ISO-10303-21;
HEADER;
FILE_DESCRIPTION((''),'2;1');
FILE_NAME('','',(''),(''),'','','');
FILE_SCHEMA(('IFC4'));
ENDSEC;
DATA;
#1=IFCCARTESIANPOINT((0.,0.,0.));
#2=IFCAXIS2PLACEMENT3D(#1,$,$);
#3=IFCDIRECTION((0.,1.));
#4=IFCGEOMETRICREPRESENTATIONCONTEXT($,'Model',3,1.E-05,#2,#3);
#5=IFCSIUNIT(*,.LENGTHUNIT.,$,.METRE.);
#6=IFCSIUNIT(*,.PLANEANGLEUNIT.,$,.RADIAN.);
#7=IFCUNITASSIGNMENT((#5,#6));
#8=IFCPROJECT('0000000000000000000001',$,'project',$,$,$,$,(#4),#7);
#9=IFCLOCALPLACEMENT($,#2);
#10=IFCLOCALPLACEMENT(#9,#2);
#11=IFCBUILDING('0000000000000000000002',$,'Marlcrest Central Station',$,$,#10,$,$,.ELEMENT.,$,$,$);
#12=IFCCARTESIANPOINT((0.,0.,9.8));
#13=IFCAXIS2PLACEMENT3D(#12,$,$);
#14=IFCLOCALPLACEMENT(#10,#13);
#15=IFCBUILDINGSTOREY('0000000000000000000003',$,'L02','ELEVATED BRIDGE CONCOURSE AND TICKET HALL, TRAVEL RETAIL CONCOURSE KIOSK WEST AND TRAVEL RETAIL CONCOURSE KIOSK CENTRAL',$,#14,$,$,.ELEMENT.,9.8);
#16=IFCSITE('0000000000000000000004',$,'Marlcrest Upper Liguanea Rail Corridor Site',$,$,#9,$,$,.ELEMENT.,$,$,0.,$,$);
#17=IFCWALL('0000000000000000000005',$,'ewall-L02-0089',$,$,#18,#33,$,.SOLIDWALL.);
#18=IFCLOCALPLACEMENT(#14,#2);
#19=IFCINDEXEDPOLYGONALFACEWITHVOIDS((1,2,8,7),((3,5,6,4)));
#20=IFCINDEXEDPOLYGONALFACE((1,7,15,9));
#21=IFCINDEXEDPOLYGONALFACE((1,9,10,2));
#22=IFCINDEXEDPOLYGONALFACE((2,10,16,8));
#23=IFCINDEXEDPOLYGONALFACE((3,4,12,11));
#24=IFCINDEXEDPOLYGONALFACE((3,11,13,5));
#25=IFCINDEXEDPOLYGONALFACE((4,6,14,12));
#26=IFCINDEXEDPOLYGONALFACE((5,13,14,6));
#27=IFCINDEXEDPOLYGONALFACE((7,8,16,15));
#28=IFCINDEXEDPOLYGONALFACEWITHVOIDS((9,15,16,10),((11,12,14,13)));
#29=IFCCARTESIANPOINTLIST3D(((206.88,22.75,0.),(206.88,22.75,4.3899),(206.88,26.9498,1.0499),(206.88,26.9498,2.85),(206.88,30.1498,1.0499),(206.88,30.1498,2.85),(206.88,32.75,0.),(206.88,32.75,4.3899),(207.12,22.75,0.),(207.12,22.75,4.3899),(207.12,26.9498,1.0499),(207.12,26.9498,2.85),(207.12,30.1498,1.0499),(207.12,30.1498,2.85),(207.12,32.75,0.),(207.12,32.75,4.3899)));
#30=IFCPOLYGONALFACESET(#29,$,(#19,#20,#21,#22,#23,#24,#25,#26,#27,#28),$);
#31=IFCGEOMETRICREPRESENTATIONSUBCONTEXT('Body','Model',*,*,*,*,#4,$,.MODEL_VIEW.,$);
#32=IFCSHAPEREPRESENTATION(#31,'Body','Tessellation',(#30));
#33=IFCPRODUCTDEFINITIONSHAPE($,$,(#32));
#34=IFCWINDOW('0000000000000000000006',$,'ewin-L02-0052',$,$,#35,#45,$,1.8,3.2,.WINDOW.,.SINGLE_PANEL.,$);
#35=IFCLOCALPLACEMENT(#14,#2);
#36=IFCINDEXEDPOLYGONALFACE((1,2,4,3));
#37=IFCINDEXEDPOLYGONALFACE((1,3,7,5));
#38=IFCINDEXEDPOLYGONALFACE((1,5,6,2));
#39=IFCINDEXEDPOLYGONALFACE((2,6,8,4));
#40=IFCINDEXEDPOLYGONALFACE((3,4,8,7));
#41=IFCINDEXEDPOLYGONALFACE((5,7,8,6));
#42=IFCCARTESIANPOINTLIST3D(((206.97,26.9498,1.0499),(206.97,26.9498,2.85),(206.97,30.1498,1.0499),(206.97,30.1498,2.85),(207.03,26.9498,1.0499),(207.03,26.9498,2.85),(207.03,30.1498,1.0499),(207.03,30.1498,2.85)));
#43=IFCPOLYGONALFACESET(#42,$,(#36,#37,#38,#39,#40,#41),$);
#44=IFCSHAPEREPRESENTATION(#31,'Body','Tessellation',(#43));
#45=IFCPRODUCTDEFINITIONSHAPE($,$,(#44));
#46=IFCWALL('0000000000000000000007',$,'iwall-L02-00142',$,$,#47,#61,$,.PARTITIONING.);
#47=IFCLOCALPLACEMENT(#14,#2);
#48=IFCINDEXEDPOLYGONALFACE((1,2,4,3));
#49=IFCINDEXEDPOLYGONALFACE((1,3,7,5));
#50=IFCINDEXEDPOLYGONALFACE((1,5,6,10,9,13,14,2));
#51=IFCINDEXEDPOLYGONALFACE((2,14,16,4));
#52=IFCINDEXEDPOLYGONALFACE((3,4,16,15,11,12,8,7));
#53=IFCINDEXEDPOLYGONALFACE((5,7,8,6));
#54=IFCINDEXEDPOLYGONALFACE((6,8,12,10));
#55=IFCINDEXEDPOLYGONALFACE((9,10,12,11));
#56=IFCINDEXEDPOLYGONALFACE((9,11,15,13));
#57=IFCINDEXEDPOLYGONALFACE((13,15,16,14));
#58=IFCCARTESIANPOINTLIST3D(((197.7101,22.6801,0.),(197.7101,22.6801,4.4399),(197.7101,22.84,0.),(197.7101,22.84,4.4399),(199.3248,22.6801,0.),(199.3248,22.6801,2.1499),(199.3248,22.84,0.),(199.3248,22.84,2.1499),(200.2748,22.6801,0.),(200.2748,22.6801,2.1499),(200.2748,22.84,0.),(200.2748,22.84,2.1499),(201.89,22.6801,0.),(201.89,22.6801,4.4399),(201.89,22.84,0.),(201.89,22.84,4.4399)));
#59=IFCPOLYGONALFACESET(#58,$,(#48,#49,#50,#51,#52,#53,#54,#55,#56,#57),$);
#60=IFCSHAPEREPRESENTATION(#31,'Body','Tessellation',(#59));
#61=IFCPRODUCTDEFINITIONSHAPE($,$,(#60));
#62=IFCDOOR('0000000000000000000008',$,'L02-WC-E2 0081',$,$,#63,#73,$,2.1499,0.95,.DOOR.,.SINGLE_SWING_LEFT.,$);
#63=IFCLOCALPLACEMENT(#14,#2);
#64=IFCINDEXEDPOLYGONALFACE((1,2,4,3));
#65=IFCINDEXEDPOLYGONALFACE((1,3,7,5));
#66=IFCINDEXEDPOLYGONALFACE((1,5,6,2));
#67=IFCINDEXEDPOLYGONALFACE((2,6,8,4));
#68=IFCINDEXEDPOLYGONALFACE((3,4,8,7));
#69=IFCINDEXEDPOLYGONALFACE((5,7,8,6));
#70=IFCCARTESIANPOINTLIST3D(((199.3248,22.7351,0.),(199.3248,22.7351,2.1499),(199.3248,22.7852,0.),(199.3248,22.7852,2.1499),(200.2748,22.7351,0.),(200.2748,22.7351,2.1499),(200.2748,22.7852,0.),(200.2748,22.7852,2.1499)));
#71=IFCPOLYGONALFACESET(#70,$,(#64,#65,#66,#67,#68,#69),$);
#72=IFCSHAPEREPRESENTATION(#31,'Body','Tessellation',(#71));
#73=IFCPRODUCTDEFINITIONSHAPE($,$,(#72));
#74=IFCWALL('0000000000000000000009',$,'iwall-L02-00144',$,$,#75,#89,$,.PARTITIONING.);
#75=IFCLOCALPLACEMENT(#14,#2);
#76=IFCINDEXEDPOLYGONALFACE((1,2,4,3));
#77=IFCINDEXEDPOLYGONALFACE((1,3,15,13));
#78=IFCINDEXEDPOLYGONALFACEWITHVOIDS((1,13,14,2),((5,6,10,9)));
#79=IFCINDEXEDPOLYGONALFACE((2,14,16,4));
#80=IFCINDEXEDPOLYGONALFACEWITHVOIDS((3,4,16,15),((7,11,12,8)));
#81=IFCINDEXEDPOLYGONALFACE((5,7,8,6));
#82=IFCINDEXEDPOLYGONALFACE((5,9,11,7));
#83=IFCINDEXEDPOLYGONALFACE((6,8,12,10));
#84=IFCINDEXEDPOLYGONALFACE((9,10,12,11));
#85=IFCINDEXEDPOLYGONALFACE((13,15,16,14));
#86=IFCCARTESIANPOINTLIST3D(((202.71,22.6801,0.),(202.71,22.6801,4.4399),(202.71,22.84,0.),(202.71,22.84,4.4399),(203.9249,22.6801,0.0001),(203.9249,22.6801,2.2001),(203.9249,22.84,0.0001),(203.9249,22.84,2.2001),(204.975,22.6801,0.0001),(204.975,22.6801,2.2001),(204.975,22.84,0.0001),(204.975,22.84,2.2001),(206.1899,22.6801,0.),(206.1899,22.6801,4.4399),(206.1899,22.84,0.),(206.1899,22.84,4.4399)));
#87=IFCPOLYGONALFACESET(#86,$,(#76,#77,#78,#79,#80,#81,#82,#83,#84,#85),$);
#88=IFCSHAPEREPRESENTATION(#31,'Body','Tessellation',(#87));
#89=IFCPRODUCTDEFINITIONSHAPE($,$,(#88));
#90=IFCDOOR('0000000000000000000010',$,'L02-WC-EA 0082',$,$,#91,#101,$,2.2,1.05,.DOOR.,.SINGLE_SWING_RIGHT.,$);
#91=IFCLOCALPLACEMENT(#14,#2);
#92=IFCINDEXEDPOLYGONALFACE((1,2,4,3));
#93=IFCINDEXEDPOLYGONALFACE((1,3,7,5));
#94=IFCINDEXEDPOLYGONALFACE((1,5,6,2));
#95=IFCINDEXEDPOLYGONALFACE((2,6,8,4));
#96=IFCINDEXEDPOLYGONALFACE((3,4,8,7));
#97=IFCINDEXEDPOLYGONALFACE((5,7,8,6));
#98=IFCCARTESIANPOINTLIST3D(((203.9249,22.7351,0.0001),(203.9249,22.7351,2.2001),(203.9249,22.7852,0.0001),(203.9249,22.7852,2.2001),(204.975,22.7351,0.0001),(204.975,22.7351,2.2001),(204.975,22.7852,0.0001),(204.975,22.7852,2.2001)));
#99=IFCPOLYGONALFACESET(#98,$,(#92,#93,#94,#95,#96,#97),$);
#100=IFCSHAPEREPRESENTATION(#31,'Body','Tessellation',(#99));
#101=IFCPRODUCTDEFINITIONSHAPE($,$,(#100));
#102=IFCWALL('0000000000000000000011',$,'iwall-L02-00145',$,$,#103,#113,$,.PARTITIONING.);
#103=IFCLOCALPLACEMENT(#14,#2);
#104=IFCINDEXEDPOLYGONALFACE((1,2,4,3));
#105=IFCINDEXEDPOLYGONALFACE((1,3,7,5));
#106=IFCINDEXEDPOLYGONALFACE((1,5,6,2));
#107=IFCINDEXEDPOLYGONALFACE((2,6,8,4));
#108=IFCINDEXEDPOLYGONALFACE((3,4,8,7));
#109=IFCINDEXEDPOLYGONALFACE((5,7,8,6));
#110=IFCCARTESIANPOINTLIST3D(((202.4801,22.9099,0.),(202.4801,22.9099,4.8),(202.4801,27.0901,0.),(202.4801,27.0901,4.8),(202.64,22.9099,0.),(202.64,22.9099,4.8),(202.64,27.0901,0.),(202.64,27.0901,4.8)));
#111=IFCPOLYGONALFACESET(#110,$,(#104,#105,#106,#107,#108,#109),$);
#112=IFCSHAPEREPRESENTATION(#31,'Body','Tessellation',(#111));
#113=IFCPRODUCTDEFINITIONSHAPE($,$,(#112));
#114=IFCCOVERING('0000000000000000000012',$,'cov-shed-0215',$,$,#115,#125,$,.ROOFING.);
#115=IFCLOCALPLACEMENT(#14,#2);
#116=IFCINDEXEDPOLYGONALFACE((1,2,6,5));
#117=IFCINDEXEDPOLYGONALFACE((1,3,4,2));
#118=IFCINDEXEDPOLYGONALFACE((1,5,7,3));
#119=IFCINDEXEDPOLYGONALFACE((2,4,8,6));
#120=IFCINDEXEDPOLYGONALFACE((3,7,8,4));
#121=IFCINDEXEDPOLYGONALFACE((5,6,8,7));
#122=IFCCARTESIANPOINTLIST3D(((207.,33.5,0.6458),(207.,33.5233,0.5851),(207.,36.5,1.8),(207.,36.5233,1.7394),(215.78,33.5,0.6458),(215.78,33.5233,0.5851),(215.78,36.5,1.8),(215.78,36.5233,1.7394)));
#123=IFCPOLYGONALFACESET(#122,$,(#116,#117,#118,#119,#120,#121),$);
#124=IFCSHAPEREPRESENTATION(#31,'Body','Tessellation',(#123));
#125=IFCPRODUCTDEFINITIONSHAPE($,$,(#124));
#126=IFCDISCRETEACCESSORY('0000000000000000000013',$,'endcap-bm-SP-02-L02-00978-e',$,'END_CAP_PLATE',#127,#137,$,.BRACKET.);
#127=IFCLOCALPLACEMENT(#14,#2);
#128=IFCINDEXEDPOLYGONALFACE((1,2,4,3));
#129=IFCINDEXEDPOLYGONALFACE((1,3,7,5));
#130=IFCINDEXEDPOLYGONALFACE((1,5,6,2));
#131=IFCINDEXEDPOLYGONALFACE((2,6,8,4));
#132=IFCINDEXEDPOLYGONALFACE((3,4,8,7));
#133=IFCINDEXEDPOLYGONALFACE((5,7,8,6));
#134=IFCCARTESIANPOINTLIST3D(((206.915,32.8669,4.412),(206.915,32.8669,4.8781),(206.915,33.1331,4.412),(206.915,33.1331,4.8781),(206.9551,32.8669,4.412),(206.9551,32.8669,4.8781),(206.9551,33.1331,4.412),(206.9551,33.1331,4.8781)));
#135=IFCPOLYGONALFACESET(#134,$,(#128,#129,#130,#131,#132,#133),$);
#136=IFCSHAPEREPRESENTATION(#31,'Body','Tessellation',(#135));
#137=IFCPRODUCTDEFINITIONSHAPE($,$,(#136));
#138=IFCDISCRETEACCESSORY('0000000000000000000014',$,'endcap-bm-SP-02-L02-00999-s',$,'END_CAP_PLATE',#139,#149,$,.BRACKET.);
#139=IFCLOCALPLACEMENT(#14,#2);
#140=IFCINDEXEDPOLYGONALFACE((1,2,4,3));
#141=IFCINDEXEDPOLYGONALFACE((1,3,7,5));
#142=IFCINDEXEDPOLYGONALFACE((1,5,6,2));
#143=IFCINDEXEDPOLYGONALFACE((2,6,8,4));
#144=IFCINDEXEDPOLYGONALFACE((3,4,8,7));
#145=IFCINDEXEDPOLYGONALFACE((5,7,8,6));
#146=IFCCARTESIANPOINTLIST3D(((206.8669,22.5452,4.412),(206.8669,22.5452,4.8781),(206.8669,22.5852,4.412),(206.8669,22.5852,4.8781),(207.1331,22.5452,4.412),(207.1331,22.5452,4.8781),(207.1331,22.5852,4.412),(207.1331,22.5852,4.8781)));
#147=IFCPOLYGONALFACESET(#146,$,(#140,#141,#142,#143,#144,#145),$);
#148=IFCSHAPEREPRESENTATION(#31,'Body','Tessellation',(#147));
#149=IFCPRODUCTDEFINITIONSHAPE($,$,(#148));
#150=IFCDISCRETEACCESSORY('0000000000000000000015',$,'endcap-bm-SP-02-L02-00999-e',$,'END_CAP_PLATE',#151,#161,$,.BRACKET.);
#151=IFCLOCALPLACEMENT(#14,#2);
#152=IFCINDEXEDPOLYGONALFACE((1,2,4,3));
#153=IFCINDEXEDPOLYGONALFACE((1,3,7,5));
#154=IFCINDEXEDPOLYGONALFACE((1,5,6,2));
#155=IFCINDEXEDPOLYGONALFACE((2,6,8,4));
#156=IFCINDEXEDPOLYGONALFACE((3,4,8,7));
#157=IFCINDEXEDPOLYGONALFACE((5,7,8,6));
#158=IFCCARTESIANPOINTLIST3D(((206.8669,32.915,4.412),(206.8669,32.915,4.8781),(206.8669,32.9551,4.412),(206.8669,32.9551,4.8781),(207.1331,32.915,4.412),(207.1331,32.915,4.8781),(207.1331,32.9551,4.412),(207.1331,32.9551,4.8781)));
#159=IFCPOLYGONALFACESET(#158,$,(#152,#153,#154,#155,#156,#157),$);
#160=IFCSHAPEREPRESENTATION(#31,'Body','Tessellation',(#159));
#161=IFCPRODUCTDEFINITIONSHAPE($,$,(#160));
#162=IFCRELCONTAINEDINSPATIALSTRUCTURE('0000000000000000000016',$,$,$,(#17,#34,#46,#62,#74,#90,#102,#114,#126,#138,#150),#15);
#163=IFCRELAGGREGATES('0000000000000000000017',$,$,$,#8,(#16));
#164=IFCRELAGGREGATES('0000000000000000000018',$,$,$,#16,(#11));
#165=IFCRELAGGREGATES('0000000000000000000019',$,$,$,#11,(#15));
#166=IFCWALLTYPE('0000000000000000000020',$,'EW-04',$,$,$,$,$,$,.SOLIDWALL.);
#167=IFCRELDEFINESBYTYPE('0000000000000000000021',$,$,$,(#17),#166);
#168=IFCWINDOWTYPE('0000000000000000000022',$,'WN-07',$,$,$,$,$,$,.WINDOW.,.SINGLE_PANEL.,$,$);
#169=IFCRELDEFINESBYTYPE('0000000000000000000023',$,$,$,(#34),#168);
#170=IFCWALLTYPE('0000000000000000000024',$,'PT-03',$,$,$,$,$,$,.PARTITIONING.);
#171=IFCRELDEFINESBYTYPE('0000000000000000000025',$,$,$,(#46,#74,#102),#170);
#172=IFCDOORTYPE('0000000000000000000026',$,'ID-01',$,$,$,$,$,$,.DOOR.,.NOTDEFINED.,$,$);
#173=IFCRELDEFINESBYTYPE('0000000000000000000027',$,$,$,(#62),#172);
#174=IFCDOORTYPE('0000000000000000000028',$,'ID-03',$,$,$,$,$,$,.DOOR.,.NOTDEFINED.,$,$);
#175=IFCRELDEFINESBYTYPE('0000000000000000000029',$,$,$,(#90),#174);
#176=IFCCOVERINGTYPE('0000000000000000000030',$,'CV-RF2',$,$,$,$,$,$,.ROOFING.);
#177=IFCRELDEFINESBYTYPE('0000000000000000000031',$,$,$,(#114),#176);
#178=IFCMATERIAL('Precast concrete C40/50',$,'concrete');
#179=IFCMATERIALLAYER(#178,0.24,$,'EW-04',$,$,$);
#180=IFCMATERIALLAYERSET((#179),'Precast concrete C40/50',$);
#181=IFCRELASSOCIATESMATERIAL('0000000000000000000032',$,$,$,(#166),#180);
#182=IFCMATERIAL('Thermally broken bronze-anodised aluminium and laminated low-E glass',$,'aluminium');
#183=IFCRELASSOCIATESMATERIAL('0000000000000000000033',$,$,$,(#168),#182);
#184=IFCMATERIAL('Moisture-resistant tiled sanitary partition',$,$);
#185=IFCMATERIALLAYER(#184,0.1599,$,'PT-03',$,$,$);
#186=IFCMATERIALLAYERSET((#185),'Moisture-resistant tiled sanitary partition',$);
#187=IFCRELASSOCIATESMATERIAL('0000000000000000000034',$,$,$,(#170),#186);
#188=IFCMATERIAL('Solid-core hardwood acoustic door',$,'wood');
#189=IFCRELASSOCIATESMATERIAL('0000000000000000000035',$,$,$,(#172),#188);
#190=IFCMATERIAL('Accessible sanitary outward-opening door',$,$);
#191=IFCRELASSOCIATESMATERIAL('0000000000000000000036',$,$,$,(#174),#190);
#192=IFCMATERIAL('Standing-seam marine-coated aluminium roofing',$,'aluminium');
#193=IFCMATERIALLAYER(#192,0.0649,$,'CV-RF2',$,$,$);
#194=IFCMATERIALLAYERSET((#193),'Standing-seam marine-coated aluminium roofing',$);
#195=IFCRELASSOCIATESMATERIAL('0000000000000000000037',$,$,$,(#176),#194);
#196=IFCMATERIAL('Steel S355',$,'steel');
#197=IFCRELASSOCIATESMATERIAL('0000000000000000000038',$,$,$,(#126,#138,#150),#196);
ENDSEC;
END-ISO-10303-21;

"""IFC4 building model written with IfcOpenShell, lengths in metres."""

from ifc_helpers import new_model, si_unit, direction, frame, frame_2d, origin, origin_2d, place, context, subcontext, project, spatial, polyline, rectangle, outline, extrude, material, layer, layer_set, type_object, element, fill, save


model = new_model("IFC4")

# Units and contexts
model_context = context("Model", 3, precision=1e-05, world=origin(), true_north=direction((0.0, 1.0)))
body_context = subcontext(model_context, "Body", "Model", "MODEL_VIEW")
ifc_project = project(units=[si_unit("LENGTHUNIT", "METRE"), si_unit("PLANEANGLEUNIT", "RADIAN")], contexts=[model_context])

# Site, building, storey
site_placement = place(None, origin())
site = spatial("IfcSite", under=ifc_project, at=site_placement, Name="Marlcrest Upper Liguanea Rail Corridor Site", CompositionType="ELEMENT", RefElevation=0.0)
building_placement = place(site_placement, origin())
building = spatial("IfcBuilding", under=site, at=building_placement, Name="Marlcrest Central Station", CompositionType="ELEMENT")
storey_placement = place(building_placement, frame((0.0, 0.0, 9.8)))
storey = spatial("IfcBuildingStorey", under=building, at=storey_placement, Name="L02", Description="ELEVATED BRIDGE CONCOURSE AND TICKET HALL, TRAVEL RETAIL CONCOURSE KIOSK WEST AND TRAVEL RETAIL CONCOURSE KIOSK CENTRAL", CompositionType="ELEMENT", Elevation=9.8)

# Shared definitions
ifc_material_1 = material(Name="Steel S355", Category="steel")

# Shared definitions
ifc_material_2 = material(Name="Precast concrete C40/50", Category="concrete")

# Wall, opening, window
ifc_layer_1 = layer(ifc_material_2, 0.24, Name="EW-04")
ifc_layer_set_1 = layer_set([ifc_layer_1], Name="Precast concrete C40/50")
wall_type_1 = type_object("IfcWallType", Name="EW-04", PredefinedType="SOLIDWALL", material=ifc_layer_set_1)
wall_1_placement = place(storey_placement, frame((207.0, 32.75, 0.0), z_axis=(0.0, 0.0, 1.0), x_axis=(0.0, -1.0, 0.0)))
wall_1 = element("IfcWall", 1, at=wall_1_placement, inside=storey, type_object=wall_type_1, Name="ewall-L02-0089", PredefinedType="SOLIDWALL", context=body_context, shape_type="SweptSolid", body=[
    extrude(rectangle(XDim=10.0, YDim=0.24, at=frame_2d((5.0, 0.0))), origin(), (0.0, 0.0, 1.0), 4.3899),
])
opening_1_placement = place(wall_1_placement, frame((2.6001, 0.0, 1.05)))
opening_1 = element("IfcOpeningElement", 2, at=opening_1_placement, cuts=wall_1, PredefinedType="OPENING", context=body_context, shape_type="SweptSolid", body=[
    extrude(rectangle(XDim=3.2, YDim=1.8, at=frame_2d((1.6001, 0.8999))), frame((0.0, 0.1299, 0.0), z_axis=(0.0, -1.0, 0.0), x_axis=(1.0, 0.0, 0.0)), (0.0, 0.0, 1.0), 0.26),
])
ifc_material_3 = material(Name="Thermally broken bronze-anodised aluminium and laminated low-E glass", Category="aluminium")
window_type = type_object("IfcWindowType", Name="WN-07", PartitioningType="SINGLE_PANEL", PredefinedType="WINDOW", material=ifc_material_3)
window_placement = place(opening_1_placement, origin())
window = element("IfcWindow", 3, at=window_placement, inside=storey, type_object=window_type, Name="ewin-L02-0052", OverallHeight=1.8, OverallWidth=3.2, PartitioningType="SINGLE_PANEL", PredefinedType="WINDOW", context=body_context, shape_type="SweptSolid", body=[
    extrude(rectangle(XDim=3.2, YDim=1.8, at=frame_2d((1.6001, 0.8999))), frame((0.0, 0.03, 0.0), z_axis=(0.0, -1.0, 0.0), x_axis=(1.0, 0.0, 0.0)), (0.0, 0.0, 1.0), 0.0601),
])
fill(opening_1, window)

# Walls, openings, doors
ifc_material_4 = material(Name="Moisture-resistant tiled sanitary partition")
ifc_layer_2 = layer(ifc_material_4, 0.1599, Name="PT-03")
ifc_layer_set_2 = layer_set([ifc_layer_2], Name="Moisture-resistant tiled sanitary partition")
wall_type_2 = type_object("IfcWallType", Name="PT-03", PredefinedType="PARTITIONING", material=ifc_layer_set_2)
wall_2_placement = place(storey_placement, frame((201.8899, 22.76, 0.0), z_axis=(0.0, 0.0, 1.0), x_axis=(-1.0, 0.0, 0.0)))
wall_2 = element("IfcWall", 4, at=wall_2_placement, inside=storey, type_object=wall_type_2, Name="iwall-L02-00142", PredefinedType="PARTITIONING", context=body_context, shape_type="SweptSolid", body=[
    extrude(rectangle(XDim=4.1799, YDim=0.1599, at=frame_2d((2.0898, 0.0))), origin(), (0.0, 0.0, 1.0), 4.4399),
])
opening_2_placement = place(wall_2_placement, frame((1.615, 0.0, 0.0)))
opening_2 = element("IfcOpeningElement", 5, at=opening_2_placement, cuts=wall_2, PredefinedType="OPENING", context=body_context, shape_type="SweptSolid", body=[
    extrude(rectangle(XDim=0.95, YDim=2.1499, at=frame_2d((0.4751, 1.075))), frame((0.0, 0.0898, 0.0), z_axis=(0.0, -1.0, 0.0), x_axis=(1.0, 0.0, 0.0)), (0.0, 0.0, 1.0), 0.1799),
])
ifc_material_5 = material(Name="Solid-core hardwood acoustic door", Category="wood")
door_type_1 = type_object("IfcDoorType", Name="ID-01", OperationType="NOTDEFINED", PredefinedType="DOOR", material=ifc_material_5)
door_1_placement = place(opening_2_placement, origin())
door_1 = element("IfcDoor", 6, at=door_1_placement, inside=storey, type_object=door_type_1, Name="L02-WC-E2 0081", OperationType="SINGLE_SWING_LEFT", OverallHeight=2.1499, OverallWidth=0.95, PredefinedType="DOOR", context=body_context, shape_type="SweptSolid", body=[
    extrude(rectangle(XDim=0.95, YDim=2.1499, at=frame_2d((0.4751, 1.075))), frame((0.0, 0.0249, 0.0), z_axis=(0.0, -1.0, 0.0), x_axis=(1.0, 0.0, 0.0)), (0.0, 0.0, 1.0), 0.05),
])
fill(opening_2, door_1)
wall_3_placement = place(storey_placement, frame((206.1899, 22.76, 0.0), z_axis=(0.0, 0.0, 1.0), x_axis=(-1.0, 0.0, 0.0)))
wall_3 = element("IfcWall", 7, at=wall_3_placement, inside=storey, type_object=wall_type_2, Name="iwall-L02-00144", PredefinedType="PARTITIONING", context=body_context, shape_type="SweptSolid", body=[
    extrude(rectangle(XDim=3.48, YDim=0.1599, at=frame_2d((1.74, 0.0))), origin(), (0.0, 0.0, 1.0), 4.4399),
])
opening_3_placement = place(wall_3_placement, frame((1.2151, 0.0, 0.0)))
opening_3 = element("IfcOpeningElement", 8, at=opening_3_placement, cuts=wall_3, PredefinedType="OPENING", context=body_context, shape_type="SweptSolid", body=[
    extrude(rectangle(XDim=1.05, YDim=2.2, at=frame_2d((0.5249, 1.1001))), frame((0.0, 0.0898, 0.0), z_axis=(0.0, -1.0, 0.0), x_axis=(1.0, 0.0, 0.0)), (0.0, 0.0, 1.0), 0.1799),
])
ifc_material_6 = material(Name="Accessible sanitary outward-opening door")
door_type_2 = type_object("IfcDoorType", Name="ID-03", OperationType="NOTDEFINED", PredefinedType="DOOR", material=ifc_material_6)
door_2_placement = place(opening_3_placement, origin())
door_2 = element("IfcDoor", 9, at=door_2_placement, inside=storey, type_object=door_type_2, Name="L02-WC-EA 0082", OperationType="SINGLE_SWING_RIGHT", OverallHeight=2.2, OverallWidth=1.05, PredefinedType="DOOR", context=body_context, shape_type="SweptSolid", body=[
    extrude(rectangle(XDim=1.05, YDim=2.2, at=frame_2d((0.5249, 1.1001))), frame((0.0, 0.0249, 0.0), z_axis=(0.0, -1.0, 0.0), x_axis=(1.0, 0.0, 0.0)), (0.0, 0.0, 1.0), 0.05),
])
fill(opening_3, door_2)

# Wall
wall_4_placement = place(storey_placement, frame((202.5601, 22.9099, 0.0), z_axis=(0.0, 0.0, 1.0), x_axis=(0.0, 1.0, 0.0)))
element("IfcWall", 10, at=wall_4_placement, inside=storey, type_object=wall_type_2, Name="iwall-L02-00145", PredefinedType="PARTITIONING", context=body_context, shape_type="SweptSolid", body=[
    extrude(rectangle(XDim=4.1802, YDim=0.1599, at=frame_2d((2.0901, 0.0))), origin(), (0.0, 0.0, 1.0), 4.8),
])

# Covering
ifc_material_7 = material(Name="Standing-seam marine-coated aluminium roofing", Category="aluminium")
ifc_layer_3 = layer(ifc_material_7, 0.0649, Name="CV-RF2")
ifc_layer_set_3 = layer_set([ifc_layer_3], Name="Standing-seam marine-coated aluminium roofing")
covering_type = type_object("IfcCoveringType", Name="CV-RF2", PredefinedType="ROOFING", material=ifc_layer_set_3)
covering_placement = place(storey_placement, frame((207.0, 33.5, 0.6458), z_axis=(0.0, -0.359101, 0.933299), x_axis=(1.0, 0.0, 0.0)))
element("IfcCovering", 11, at=covering_placement, inside=storey, type_object=covering_type, Name="cov-shed-0215", PredefinedType="ROOFING", context=body_context, shape_type="SweptSolid", body=[
    extrude(outline(polyline([(0.0, 0.0), (8.78, 0.0), (8.78, 3.2144), (0.0, 3.2144), (0.0, 0.0)])), origin(), (0.0, 0.0, -1.0), 0.0649),
])

# Discrete accessories
for number, where, z_axis, x_axis, name in (
    (12, (206.915, 33.0, 4.645), (1.0, 0.0, 0.0), (0.0, 1.0, 0.0), "endcap-bm-SP-02-L02-00978-e"),
    (13, (207.0, 22.5452, 4.645), (0.0, 1.0, 0.0), (-1.0, 0.0, 0.0), "endcap-bm-SP-02-L02-00999-s"),
    (14, (207.0, 32.915, 4.645), (0.0, 1.0, 0.0), (-1.0, 0.0, 0.0), "endcap-bm-SP-02-L02-00999-e"),
):
    element("IfcDiscreteAccessory", number, at=place(storey_placement, frame(where, z_axis=z_axis, x_axis=x_axis)), inside=storey, material=ifc_material_1, Name=name, ObjectType="END_CAP_PLATE", PredefinedType="BRACKET", context=body_context, shape_type="SweptSolid", body=[
        extrude(rectangle(XDim=0.2661, YDim=0.4661, at=origin_2d()), origin(), (0.0, 0.0, 1.0), 0.04),
    ])

save(model, "model.ifc")
